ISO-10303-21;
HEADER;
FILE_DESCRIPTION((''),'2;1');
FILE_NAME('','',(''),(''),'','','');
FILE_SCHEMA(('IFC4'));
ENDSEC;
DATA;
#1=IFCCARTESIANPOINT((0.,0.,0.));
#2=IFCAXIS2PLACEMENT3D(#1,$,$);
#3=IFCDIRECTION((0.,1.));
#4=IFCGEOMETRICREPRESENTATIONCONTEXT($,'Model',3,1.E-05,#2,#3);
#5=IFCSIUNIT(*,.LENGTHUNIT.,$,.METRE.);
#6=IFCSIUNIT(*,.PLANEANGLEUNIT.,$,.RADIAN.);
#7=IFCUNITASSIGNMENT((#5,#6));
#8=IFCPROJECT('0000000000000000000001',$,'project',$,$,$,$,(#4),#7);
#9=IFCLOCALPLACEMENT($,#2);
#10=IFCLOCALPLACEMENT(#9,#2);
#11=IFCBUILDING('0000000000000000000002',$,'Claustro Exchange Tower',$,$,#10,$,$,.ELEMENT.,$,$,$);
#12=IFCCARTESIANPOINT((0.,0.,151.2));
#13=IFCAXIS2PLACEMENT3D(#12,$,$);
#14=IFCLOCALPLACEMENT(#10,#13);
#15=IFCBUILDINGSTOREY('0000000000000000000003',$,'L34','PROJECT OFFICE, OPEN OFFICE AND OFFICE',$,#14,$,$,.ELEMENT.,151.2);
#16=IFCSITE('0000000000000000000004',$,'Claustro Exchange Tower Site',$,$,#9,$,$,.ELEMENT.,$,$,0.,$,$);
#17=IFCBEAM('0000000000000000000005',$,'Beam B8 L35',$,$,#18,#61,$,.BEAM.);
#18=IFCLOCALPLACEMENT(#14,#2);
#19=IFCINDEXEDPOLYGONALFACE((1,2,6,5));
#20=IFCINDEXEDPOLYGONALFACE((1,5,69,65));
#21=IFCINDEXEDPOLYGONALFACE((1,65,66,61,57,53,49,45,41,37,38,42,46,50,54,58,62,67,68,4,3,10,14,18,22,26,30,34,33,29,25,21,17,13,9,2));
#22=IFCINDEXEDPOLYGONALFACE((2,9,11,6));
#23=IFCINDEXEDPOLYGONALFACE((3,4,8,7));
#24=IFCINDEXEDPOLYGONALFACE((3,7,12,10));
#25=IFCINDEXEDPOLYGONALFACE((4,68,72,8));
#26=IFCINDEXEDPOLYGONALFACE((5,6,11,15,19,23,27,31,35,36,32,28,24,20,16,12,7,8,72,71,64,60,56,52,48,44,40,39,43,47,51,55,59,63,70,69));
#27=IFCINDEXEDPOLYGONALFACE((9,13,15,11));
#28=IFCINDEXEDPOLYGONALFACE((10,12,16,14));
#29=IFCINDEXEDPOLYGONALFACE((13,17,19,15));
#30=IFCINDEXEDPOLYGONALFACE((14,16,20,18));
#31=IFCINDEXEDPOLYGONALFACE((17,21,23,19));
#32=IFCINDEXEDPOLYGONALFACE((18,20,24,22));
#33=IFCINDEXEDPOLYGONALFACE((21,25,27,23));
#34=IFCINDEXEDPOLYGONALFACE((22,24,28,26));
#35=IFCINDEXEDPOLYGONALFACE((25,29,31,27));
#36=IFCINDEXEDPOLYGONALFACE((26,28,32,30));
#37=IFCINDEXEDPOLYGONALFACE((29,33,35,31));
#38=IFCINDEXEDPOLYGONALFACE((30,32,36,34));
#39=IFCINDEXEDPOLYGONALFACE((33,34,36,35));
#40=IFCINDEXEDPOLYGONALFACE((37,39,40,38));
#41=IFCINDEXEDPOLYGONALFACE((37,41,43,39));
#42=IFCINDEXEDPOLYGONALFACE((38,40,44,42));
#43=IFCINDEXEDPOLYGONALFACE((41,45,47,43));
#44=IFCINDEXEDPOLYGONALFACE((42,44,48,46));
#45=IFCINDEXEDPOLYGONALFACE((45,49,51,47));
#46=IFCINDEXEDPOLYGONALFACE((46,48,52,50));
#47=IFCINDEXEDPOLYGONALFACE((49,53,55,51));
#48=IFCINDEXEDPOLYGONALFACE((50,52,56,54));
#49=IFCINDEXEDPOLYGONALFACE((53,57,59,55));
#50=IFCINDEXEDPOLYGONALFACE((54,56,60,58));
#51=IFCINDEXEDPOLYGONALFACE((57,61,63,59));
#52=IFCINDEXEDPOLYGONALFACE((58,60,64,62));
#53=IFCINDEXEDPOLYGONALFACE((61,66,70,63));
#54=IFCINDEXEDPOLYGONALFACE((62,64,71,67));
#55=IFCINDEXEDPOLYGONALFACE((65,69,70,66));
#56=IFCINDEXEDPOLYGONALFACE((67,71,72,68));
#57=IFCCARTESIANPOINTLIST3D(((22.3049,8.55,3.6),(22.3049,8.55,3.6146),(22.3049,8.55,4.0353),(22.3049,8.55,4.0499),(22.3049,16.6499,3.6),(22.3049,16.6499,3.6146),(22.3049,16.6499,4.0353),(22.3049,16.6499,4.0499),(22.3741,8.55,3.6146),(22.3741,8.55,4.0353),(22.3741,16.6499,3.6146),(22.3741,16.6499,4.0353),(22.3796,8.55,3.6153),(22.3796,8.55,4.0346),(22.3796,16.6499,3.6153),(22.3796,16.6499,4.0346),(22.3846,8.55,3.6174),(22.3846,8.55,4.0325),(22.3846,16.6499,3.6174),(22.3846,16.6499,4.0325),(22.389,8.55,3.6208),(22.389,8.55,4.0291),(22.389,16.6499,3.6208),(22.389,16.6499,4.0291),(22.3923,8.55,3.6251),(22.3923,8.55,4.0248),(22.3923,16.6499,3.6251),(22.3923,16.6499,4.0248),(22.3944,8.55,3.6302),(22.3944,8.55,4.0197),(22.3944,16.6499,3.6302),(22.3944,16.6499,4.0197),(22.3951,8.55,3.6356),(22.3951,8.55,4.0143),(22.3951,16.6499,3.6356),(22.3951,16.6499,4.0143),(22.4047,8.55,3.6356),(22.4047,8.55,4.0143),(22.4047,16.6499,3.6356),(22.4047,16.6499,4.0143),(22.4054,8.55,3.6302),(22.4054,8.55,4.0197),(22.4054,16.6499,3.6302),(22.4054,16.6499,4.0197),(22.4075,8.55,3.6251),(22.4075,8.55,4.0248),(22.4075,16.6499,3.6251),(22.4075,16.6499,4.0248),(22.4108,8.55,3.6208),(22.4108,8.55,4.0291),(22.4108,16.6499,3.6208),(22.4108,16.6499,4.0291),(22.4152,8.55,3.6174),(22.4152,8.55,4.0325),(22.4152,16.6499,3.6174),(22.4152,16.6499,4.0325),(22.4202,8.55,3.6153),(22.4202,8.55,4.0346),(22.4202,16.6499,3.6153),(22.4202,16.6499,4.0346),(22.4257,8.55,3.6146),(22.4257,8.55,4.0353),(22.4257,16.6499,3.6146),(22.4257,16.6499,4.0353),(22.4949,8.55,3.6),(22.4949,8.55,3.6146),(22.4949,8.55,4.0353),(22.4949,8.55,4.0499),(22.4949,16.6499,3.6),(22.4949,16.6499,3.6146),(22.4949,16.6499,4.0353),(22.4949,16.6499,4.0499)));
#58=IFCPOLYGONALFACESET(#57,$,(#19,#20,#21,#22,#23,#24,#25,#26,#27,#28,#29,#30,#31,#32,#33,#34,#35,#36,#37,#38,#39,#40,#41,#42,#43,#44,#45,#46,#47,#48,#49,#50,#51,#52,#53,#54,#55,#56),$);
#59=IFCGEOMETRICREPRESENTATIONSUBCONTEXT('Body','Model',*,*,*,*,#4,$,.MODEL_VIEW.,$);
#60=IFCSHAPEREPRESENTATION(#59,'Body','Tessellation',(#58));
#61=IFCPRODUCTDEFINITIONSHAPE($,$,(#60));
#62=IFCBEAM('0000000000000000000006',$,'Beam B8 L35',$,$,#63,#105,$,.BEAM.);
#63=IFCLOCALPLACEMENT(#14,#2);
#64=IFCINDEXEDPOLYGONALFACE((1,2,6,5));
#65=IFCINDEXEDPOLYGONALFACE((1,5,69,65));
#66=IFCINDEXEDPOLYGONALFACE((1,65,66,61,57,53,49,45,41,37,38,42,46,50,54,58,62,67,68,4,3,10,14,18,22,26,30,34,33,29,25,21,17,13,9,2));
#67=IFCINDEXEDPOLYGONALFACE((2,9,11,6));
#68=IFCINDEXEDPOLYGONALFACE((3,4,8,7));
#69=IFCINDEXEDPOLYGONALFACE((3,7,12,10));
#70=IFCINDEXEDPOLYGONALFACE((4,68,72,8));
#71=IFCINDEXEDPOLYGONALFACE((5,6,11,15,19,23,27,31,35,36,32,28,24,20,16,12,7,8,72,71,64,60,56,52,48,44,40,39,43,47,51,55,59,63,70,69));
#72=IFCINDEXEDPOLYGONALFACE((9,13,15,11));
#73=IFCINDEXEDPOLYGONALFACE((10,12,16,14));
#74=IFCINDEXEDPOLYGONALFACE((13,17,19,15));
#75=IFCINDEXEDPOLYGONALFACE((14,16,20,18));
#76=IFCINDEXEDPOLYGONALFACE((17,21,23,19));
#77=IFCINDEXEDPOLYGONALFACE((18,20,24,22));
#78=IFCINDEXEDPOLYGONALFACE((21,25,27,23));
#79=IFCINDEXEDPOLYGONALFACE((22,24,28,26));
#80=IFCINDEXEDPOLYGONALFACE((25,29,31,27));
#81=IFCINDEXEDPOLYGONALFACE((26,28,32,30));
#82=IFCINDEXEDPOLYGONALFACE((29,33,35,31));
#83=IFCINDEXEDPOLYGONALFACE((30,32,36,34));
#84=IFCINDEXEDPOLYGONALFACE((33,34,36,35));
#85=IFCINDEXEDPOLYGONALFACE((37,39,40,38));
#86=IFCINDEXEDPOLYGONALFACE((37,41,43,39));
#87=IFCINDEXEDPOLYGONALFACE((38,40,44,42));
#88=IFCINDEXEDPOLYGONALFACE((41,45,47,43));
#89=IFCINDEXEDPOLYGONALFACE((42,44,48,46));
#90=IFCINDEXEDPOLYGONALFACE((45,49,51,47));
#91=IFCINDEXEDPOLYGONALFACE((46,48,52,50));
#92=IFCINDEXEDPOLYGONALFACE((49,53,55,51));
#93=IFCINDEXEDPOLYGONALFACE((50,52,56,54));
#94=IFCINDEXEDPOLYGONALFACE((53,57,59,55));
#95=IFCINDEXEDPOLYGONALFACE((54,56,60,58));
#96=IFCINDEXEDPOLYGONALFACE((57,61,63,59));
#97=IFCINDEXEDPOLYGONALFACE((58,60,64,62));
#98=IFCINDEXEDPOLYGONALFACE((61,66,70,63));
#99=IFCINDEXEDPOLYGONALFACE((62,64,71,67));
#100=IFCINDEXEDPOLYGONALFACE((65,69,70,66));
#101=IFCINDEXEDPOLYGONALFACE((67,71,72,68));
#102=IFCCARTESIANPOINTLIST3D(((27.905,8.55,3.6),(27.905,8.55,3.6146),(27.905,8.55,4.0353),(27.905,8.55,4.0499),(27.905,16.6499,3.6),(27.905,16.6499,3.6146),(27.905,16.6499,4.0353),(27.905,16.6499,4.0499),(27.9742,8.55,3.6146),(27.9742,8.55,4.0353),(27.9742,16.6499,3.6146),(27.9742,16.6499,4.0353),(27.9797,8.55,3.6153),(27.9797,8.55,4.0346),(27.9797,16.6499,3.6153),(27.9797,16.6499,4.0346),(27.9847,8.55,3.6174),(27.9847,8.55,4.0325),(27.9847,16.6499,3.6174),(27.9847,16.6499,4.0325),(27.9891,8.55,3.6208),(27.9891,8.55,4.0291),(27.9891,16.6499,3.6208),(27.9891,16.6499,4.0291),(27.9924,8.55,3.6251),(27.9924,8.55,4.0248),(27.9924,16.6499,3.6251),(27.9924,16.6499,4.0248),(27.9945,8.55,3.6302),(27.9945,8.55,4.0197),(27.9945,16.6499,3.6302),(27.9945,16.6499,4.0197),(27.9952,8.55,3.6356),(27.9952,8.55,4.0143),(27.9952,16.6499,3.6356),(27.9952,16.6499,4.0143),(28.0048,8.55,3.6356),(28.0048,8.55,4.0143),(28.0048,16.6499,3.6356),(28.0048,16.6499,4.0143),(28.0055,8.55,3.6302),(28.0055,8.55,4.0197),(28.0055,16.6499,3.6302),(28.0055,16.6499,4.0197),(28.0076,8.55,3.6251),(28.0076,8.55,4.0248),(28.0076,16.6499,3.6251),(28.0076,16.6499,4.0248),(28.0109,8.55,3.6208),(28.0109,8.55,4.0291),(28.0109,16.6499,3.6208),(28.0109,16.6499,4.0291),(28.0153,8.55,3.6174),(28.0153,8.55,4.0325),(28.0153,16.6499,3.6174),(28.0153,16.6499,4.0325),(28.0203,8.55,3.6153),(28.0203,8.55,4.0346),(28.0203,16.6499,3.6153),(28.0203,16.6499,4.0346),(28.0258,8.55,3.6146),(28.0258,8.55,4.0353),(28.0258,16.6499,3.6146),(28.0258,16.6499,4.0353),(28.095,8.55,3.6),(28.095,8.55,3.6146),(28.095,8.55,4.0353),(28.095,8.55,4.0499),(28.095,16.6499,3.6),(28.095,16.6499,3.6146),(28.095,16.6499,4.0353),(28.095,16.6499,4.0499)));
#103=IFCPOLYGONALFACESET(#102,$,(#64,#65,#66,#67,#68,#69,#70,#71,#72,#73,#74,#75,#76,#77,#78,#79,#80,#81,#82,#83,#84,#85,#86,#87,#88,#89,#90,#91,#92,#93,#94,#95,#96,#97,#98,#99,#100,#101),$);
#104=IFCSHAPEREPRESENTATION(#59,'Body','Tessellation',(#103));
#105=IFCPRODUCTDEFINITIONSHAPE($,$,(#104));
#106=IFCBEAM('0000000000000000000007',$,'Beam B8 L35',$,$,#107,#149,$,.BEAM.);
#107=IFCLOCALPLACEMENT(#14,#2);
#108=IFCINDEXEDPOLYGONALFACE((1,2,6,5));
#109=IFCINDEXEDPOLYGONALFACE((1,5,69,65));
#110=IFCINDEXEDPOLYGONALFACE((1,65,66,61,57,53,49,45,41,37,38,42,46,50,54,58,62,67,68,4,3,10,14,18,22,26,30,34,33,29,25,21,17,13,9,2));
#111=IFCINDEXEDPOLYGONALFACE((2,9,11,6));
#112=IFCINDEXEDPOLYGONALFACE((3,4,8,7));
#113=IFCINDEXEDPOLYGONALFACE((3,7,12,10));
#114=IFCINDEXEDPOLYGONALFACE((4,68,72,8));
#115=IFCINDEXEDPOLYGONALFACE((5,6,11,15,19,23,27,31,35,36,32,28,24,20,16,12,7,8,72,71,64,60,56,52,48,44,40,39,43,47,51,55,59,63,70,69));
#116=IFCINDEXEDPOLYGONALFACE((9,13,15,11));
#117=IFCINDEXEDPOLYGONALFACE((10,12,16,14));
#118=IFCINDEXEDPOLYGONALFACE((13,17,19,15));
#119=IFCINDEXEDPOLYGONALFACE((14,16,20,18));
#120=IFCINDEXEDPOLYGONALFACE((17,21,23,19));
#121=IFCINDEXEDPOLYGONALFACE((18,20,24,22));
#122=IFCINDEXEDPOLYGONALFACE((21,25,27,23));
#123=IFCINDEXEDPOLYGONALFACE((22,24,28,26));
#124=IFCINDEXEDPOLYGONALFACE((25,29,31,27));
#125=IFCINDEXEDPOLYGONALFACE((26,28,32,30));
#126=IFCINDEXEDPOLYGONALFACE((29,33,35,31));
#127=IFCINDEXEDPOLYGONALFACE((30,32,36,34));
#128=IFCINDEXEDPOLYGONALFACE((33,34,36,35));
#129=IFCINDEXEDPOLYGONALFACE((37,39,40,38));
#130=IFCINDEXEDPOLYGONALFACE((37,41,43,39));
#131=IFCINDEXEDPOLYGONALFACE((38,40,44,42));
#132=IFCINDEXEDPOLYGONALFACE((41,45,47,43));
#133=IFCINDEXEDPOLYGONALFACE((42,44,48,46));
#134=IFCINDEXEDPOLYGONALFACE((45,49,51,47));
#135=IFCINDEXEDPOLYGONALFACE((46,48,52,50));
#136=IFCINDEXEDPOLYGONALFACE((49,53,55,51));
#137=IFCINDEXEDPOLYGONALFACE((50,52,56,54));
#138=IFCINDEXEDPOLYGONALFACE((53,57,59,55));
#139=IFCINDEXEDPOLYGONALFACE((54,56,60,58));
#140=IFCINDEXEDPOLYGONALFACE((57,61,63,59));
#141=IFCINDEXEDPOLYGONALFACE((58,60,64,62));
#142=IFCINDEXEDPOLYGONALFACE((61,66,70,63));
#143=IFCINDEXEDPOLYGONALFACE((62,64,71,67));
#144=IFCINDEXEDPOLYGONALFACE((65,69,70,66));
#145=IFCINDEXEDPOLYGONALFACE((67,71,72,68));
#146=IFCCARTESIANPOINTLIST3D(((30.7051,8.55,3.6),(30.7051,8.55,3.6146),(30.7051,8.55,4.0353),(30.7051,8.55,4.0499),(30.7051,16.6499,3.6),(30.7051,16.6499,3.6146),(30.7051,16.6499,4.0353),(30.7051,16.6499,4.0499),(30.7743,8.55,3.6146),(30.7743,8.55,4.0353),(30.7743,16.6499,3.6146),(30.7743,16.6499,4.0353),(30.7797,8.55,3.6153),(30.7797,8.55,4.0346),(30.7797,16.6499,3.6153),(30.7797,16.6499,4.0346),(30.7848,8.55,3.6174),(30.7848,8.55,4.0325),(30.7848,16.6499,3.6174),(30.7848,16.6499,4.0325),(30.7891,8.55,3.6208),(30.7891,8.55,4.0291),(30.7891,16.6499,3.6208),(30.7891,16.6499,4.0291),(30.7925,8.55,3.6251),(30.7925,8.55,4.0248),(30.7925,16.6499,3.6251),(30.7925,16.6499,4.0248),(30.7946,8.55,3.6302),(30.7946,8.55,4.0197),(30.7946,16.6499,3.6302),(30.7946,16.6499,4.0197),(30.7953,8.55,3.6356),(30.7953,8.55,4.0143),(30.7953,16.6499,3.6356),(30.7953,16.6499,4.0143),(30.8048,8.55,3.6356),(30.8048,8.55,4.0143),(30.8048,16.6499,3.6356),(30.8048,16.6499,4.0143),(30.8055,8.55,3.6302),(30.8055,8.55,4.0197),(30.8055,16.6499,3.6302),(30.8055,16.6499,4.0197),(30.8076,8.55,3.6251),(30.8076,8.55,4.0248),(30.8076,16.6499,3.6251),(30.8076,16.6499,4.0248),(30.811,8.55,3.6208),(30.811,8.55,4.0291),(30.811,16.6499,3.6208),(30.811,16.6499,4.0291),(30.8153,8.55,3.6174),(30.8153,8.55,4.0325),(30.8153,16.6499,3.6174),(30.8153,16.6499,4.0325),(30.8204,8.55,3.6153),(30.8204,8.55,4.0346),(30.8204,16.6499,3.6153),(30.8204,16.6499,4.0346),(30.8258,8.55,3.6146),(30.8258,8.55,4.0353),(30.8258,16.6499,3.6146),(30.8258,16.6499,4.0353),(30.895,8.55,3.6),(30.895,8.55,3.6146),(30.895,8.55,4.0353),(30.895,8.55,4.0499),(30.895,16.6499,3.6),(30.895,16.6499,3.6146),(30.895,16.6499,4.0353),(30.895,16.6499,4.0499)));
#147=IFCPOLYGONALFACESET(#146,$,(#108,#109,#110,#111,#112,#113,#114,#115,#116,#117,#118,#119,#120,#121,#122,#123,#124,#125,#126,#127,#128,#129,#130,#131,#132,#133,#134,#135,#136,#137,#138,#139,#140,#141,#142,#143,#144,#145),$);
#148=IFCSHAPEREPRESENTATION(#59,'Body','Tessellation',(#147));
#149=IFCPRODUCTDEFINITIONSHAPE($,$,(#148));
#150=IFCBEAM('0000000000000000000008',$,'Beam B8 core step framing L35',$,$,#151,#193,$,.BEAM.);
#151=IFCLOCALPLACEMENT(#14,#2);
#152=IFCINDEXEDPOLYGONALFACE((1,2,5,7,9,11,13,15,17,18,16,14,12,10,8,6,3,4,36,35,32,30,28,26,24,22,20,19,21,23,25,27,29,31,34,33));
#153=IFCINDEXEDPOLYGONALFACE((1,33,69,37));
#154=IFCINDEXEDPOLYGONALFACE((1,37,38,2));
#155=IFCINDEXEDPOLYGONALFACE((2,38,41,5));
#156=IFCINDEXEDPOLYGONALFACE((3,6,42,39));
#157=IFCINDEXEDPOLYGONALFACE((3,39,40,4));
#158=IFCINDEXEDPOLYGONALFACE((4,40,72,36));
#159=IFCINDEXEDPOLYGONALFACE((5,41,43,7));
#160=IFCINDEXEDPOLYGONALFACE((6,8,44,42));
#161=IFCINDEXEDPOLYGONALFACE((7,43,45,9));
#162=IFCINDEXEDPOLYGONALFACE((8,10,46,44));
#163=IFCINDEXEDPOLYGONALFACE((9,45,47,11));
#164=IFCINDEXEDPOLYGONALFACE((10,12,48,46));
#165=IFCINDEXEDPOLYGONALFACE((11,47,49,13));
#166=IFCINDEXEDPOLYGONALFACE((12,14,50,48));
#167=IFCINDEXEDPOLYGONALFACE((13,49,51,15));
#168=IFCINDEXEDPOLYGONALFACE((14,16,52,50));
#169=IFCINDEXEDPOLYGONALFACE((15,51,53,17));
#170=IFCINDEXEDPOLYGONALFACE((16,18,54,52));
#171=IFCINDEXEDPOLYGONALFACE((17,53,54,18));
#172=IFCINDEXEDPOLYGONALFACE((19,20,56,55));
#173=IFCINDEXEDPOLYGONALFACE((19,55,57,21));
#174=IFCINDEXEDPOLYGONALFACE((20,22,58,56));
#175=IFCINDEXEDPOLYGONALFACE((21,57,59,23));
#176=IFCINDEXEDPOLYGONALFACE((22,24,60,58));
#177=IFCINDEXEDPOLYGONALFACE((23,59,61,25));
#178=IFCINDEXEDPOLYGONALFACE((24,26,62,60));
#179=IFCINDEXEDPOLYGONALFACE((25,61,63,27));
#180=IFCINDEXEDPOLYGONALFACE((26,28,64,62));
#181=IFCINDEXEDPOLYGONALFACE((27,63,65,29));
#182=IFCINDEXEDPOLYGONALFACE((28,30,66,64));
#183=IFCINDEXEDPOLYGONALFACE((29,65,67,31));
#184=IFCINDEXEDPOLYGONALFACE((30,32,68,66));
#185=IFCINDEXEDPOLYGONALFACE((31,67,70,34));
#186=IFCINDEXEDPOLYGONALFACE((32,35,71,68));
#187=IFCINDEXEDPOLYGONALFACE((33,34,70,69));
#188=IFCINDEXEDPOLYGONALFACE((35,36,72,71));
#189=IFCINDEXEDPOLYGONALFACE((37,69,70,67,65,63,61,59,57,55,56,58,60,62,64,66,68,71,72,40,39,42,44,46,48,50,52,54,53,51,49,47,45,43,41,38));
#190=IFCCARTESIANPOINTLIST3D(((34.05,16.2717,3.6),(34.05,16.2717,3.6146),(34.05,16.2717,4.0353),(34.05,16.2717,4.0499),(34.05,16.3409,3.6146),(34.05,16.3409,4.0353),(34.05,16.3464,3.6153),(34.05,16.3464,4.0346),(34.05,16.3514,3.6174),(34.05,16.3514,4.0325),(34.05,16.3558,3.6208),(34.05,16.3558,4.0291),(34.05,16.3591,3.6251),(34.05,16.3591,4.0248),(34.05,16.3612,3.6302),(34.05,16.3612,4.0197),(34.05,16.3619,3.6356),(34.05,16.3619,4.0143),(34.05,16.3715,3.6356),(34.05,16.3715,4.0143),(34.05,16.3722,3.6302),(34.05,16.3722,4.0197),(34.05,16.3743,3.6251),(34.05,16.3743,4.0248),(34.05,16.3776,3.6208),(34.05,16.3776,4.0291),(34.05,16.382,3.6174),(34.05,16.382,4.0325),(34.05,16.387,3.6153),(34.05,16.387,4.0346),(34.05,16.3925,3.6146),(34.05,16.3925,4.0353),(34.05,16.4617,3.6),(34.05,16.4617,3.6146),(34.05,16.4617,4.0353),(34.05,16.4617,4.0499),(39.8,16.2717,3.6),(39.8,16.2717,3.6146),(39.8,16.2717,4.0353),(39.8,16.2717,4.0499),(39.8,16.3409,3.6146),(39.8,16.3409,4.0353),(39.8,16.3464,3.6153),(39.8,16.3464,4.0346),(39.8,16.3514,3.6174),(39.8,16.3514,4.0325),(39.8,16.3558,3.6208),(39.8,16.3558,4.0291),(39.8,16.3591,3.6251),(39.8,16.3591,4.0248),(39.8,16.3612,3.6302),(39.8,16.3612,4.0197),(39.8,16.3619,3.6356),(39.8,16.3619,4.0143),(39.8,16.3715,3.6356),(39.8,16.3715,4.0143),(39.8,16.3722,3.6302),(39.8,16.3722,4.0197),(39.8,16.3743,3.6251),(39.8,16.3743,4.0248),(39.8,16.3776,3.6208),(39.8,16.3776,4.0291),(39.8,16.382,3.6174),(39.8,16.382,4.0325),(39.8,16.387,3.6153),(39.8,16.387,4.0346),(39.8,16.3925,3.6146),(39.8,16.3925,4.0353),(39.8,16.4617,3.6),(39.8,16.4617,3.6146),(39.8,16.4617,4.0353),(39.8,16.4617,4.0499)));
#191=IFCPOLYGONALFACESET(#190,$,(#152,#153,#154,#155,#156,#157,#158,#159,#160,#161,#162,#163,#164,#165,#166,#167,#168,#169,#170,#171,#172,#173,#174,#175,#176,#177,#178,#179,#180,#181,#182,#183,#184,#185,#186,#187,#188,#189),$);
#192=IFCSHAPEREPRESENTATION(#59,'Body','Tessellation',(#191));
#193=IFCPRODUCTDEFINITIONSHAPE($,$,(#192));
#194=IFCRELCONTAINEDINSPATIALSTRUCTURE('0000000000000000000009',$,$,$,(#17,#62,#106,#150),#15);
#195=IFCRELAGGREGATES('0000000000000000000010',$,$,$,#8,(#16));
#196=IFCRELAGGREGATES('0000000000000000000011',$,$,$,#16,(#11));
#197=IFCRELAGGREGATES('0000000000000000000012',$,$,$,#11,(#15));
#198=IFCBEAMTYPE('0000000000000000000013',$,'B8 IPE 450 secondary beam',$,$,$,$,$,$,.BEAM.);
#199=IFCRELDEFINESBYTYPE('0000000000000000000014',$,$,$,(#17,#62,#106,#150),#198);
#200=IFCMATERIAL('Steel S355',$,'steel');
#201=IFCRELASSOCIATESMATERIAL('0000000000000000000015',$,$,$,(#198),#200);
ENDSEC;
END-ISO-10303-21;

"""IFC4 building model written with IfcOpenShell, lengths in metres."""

from ifc_helpers import new_model, si_unit, direction, frame, origin, origin_2d, place, context, subcontext, project, spatial, i_section, extrude, material, material_profile, profile_set, type_object, element, save


model = new_model("IFC4")

# Units and contexts
model_context = context("Model", 3, precision=1e-05, world=origin(), true_north=direction((0.0, 1.0)))
body_context = subcontext(model_context, "Body", "Model", "MODEL_VIEW")
ifc_project = project(units=[si_unit("LENGTHUNIT", "METRE"), si_unit("PLANEANGLEUNIT", "RADIAN")], contexts=[model_context])

# Site, building, storey
site_placement = place(None, origin())
site = spatial("IfcSite", under=ifc_project, at=site_placement, Name="Claustro Exchange Tower Site", CompositionType="ELEMENT", RefElevation=0.0)
building_placement = place(site_placement, origin())
building = spatial("IfcBuilding", under=site, at=building_placement, Name="Claustro Exchange Tower", CompositionType="ELEMENT")
storey_placement = place(building_placement, frame((0.0, 0.0, 151.2)))
storey = spatial("IfcBuildingStorey", under=building, at=storey_placement, Name="L34", Description="PROJECT OFFICE, OPEN OFFICE AND OFFICE", CompositionType="ELEMENT", Elevation=151.2)

# Beams
ifc_material_1 = material(Name="Steel S355", Category="steel")
ifc_material_profile_1 = material_profile(ifc_material_1, i_section(OverallWidth=0.1899, OverallDepth=0.45, WebThickness=0.0095, FlangeThickness=0.0146, FilletRadius=0.021, at=origin_2d()), Name="IPE 450")
ifc_profile_set_1 = profile_set([ifc_material_profile_1], Name="Steel S355")
beam_type_1 = type_object("IfcBeamType", Name="B8 IPE 450 secondary beam", PredefinedType="BEAM", material=ifc_profile_set_1)
for number, where, z_axis, x_axis, name in (
    (1, (22.3999, 8.55, 3.825), (0.0, 1.0, 0.0), (-1.0, 0.0, 0.0), "Beam B8 L35"),
    (2, (28.0, 8.55, 3.825), (0.0, 1.0, 0.0), (-1.0, 0.0, 0.0), "Beam B8 L35"),
    (3, (30.8, 8.55, 3.825), (0.0, 1.0, 0.0), (-1.0, 0.0, 0.0), "Beam B8 L35"),
):
    element("IfcBeam", number, at=place(storey_placement, frame(where, z_axis=z_axis, x_axis=x_axis)), inside=storey, type_object=beam_type_1, Name=name, PredefinedType="BEAM", context=body_context, shape_type="SweptSolid", body=[
        extrude(i_section(OverallWidth=0.1899, OverallDepth=0.45, WebThickness=0.0095, FlangeThickness=0.0146, FilletRadius=0.021, at=origin_2d()), origin(), (0.0, 0.0, 1.0), 8.0999),
    ])
for number, where, z_axis, x_axis, name in (
    (4, (34.05, 16.3667, 3.825), (1.0, 0.0, 0.0), (0.0, 1.0, 0.0), "Beam B8 core step framing L35"),
):
    element("IfcBeam", number, at=place(storey_placement, frame(where, z_axis=z_axis, x_axis=x_axis)), inside=storey, type_object=beam_type_1, Name=name, PredefinedType="BEAM", context=body_context, shape_type="SweptSolid", body=[
        extrude(i_section(OverallWidth=0.1899, OverallDepth=0.45, WebThickness=0.0095, FlangeThickness=0.0146, FilletRadius=0.021, at=origin_2d()), origin(), (0.0, 0.0, 1.0), 5.75),
    ])

save(model, "model.ifc")
